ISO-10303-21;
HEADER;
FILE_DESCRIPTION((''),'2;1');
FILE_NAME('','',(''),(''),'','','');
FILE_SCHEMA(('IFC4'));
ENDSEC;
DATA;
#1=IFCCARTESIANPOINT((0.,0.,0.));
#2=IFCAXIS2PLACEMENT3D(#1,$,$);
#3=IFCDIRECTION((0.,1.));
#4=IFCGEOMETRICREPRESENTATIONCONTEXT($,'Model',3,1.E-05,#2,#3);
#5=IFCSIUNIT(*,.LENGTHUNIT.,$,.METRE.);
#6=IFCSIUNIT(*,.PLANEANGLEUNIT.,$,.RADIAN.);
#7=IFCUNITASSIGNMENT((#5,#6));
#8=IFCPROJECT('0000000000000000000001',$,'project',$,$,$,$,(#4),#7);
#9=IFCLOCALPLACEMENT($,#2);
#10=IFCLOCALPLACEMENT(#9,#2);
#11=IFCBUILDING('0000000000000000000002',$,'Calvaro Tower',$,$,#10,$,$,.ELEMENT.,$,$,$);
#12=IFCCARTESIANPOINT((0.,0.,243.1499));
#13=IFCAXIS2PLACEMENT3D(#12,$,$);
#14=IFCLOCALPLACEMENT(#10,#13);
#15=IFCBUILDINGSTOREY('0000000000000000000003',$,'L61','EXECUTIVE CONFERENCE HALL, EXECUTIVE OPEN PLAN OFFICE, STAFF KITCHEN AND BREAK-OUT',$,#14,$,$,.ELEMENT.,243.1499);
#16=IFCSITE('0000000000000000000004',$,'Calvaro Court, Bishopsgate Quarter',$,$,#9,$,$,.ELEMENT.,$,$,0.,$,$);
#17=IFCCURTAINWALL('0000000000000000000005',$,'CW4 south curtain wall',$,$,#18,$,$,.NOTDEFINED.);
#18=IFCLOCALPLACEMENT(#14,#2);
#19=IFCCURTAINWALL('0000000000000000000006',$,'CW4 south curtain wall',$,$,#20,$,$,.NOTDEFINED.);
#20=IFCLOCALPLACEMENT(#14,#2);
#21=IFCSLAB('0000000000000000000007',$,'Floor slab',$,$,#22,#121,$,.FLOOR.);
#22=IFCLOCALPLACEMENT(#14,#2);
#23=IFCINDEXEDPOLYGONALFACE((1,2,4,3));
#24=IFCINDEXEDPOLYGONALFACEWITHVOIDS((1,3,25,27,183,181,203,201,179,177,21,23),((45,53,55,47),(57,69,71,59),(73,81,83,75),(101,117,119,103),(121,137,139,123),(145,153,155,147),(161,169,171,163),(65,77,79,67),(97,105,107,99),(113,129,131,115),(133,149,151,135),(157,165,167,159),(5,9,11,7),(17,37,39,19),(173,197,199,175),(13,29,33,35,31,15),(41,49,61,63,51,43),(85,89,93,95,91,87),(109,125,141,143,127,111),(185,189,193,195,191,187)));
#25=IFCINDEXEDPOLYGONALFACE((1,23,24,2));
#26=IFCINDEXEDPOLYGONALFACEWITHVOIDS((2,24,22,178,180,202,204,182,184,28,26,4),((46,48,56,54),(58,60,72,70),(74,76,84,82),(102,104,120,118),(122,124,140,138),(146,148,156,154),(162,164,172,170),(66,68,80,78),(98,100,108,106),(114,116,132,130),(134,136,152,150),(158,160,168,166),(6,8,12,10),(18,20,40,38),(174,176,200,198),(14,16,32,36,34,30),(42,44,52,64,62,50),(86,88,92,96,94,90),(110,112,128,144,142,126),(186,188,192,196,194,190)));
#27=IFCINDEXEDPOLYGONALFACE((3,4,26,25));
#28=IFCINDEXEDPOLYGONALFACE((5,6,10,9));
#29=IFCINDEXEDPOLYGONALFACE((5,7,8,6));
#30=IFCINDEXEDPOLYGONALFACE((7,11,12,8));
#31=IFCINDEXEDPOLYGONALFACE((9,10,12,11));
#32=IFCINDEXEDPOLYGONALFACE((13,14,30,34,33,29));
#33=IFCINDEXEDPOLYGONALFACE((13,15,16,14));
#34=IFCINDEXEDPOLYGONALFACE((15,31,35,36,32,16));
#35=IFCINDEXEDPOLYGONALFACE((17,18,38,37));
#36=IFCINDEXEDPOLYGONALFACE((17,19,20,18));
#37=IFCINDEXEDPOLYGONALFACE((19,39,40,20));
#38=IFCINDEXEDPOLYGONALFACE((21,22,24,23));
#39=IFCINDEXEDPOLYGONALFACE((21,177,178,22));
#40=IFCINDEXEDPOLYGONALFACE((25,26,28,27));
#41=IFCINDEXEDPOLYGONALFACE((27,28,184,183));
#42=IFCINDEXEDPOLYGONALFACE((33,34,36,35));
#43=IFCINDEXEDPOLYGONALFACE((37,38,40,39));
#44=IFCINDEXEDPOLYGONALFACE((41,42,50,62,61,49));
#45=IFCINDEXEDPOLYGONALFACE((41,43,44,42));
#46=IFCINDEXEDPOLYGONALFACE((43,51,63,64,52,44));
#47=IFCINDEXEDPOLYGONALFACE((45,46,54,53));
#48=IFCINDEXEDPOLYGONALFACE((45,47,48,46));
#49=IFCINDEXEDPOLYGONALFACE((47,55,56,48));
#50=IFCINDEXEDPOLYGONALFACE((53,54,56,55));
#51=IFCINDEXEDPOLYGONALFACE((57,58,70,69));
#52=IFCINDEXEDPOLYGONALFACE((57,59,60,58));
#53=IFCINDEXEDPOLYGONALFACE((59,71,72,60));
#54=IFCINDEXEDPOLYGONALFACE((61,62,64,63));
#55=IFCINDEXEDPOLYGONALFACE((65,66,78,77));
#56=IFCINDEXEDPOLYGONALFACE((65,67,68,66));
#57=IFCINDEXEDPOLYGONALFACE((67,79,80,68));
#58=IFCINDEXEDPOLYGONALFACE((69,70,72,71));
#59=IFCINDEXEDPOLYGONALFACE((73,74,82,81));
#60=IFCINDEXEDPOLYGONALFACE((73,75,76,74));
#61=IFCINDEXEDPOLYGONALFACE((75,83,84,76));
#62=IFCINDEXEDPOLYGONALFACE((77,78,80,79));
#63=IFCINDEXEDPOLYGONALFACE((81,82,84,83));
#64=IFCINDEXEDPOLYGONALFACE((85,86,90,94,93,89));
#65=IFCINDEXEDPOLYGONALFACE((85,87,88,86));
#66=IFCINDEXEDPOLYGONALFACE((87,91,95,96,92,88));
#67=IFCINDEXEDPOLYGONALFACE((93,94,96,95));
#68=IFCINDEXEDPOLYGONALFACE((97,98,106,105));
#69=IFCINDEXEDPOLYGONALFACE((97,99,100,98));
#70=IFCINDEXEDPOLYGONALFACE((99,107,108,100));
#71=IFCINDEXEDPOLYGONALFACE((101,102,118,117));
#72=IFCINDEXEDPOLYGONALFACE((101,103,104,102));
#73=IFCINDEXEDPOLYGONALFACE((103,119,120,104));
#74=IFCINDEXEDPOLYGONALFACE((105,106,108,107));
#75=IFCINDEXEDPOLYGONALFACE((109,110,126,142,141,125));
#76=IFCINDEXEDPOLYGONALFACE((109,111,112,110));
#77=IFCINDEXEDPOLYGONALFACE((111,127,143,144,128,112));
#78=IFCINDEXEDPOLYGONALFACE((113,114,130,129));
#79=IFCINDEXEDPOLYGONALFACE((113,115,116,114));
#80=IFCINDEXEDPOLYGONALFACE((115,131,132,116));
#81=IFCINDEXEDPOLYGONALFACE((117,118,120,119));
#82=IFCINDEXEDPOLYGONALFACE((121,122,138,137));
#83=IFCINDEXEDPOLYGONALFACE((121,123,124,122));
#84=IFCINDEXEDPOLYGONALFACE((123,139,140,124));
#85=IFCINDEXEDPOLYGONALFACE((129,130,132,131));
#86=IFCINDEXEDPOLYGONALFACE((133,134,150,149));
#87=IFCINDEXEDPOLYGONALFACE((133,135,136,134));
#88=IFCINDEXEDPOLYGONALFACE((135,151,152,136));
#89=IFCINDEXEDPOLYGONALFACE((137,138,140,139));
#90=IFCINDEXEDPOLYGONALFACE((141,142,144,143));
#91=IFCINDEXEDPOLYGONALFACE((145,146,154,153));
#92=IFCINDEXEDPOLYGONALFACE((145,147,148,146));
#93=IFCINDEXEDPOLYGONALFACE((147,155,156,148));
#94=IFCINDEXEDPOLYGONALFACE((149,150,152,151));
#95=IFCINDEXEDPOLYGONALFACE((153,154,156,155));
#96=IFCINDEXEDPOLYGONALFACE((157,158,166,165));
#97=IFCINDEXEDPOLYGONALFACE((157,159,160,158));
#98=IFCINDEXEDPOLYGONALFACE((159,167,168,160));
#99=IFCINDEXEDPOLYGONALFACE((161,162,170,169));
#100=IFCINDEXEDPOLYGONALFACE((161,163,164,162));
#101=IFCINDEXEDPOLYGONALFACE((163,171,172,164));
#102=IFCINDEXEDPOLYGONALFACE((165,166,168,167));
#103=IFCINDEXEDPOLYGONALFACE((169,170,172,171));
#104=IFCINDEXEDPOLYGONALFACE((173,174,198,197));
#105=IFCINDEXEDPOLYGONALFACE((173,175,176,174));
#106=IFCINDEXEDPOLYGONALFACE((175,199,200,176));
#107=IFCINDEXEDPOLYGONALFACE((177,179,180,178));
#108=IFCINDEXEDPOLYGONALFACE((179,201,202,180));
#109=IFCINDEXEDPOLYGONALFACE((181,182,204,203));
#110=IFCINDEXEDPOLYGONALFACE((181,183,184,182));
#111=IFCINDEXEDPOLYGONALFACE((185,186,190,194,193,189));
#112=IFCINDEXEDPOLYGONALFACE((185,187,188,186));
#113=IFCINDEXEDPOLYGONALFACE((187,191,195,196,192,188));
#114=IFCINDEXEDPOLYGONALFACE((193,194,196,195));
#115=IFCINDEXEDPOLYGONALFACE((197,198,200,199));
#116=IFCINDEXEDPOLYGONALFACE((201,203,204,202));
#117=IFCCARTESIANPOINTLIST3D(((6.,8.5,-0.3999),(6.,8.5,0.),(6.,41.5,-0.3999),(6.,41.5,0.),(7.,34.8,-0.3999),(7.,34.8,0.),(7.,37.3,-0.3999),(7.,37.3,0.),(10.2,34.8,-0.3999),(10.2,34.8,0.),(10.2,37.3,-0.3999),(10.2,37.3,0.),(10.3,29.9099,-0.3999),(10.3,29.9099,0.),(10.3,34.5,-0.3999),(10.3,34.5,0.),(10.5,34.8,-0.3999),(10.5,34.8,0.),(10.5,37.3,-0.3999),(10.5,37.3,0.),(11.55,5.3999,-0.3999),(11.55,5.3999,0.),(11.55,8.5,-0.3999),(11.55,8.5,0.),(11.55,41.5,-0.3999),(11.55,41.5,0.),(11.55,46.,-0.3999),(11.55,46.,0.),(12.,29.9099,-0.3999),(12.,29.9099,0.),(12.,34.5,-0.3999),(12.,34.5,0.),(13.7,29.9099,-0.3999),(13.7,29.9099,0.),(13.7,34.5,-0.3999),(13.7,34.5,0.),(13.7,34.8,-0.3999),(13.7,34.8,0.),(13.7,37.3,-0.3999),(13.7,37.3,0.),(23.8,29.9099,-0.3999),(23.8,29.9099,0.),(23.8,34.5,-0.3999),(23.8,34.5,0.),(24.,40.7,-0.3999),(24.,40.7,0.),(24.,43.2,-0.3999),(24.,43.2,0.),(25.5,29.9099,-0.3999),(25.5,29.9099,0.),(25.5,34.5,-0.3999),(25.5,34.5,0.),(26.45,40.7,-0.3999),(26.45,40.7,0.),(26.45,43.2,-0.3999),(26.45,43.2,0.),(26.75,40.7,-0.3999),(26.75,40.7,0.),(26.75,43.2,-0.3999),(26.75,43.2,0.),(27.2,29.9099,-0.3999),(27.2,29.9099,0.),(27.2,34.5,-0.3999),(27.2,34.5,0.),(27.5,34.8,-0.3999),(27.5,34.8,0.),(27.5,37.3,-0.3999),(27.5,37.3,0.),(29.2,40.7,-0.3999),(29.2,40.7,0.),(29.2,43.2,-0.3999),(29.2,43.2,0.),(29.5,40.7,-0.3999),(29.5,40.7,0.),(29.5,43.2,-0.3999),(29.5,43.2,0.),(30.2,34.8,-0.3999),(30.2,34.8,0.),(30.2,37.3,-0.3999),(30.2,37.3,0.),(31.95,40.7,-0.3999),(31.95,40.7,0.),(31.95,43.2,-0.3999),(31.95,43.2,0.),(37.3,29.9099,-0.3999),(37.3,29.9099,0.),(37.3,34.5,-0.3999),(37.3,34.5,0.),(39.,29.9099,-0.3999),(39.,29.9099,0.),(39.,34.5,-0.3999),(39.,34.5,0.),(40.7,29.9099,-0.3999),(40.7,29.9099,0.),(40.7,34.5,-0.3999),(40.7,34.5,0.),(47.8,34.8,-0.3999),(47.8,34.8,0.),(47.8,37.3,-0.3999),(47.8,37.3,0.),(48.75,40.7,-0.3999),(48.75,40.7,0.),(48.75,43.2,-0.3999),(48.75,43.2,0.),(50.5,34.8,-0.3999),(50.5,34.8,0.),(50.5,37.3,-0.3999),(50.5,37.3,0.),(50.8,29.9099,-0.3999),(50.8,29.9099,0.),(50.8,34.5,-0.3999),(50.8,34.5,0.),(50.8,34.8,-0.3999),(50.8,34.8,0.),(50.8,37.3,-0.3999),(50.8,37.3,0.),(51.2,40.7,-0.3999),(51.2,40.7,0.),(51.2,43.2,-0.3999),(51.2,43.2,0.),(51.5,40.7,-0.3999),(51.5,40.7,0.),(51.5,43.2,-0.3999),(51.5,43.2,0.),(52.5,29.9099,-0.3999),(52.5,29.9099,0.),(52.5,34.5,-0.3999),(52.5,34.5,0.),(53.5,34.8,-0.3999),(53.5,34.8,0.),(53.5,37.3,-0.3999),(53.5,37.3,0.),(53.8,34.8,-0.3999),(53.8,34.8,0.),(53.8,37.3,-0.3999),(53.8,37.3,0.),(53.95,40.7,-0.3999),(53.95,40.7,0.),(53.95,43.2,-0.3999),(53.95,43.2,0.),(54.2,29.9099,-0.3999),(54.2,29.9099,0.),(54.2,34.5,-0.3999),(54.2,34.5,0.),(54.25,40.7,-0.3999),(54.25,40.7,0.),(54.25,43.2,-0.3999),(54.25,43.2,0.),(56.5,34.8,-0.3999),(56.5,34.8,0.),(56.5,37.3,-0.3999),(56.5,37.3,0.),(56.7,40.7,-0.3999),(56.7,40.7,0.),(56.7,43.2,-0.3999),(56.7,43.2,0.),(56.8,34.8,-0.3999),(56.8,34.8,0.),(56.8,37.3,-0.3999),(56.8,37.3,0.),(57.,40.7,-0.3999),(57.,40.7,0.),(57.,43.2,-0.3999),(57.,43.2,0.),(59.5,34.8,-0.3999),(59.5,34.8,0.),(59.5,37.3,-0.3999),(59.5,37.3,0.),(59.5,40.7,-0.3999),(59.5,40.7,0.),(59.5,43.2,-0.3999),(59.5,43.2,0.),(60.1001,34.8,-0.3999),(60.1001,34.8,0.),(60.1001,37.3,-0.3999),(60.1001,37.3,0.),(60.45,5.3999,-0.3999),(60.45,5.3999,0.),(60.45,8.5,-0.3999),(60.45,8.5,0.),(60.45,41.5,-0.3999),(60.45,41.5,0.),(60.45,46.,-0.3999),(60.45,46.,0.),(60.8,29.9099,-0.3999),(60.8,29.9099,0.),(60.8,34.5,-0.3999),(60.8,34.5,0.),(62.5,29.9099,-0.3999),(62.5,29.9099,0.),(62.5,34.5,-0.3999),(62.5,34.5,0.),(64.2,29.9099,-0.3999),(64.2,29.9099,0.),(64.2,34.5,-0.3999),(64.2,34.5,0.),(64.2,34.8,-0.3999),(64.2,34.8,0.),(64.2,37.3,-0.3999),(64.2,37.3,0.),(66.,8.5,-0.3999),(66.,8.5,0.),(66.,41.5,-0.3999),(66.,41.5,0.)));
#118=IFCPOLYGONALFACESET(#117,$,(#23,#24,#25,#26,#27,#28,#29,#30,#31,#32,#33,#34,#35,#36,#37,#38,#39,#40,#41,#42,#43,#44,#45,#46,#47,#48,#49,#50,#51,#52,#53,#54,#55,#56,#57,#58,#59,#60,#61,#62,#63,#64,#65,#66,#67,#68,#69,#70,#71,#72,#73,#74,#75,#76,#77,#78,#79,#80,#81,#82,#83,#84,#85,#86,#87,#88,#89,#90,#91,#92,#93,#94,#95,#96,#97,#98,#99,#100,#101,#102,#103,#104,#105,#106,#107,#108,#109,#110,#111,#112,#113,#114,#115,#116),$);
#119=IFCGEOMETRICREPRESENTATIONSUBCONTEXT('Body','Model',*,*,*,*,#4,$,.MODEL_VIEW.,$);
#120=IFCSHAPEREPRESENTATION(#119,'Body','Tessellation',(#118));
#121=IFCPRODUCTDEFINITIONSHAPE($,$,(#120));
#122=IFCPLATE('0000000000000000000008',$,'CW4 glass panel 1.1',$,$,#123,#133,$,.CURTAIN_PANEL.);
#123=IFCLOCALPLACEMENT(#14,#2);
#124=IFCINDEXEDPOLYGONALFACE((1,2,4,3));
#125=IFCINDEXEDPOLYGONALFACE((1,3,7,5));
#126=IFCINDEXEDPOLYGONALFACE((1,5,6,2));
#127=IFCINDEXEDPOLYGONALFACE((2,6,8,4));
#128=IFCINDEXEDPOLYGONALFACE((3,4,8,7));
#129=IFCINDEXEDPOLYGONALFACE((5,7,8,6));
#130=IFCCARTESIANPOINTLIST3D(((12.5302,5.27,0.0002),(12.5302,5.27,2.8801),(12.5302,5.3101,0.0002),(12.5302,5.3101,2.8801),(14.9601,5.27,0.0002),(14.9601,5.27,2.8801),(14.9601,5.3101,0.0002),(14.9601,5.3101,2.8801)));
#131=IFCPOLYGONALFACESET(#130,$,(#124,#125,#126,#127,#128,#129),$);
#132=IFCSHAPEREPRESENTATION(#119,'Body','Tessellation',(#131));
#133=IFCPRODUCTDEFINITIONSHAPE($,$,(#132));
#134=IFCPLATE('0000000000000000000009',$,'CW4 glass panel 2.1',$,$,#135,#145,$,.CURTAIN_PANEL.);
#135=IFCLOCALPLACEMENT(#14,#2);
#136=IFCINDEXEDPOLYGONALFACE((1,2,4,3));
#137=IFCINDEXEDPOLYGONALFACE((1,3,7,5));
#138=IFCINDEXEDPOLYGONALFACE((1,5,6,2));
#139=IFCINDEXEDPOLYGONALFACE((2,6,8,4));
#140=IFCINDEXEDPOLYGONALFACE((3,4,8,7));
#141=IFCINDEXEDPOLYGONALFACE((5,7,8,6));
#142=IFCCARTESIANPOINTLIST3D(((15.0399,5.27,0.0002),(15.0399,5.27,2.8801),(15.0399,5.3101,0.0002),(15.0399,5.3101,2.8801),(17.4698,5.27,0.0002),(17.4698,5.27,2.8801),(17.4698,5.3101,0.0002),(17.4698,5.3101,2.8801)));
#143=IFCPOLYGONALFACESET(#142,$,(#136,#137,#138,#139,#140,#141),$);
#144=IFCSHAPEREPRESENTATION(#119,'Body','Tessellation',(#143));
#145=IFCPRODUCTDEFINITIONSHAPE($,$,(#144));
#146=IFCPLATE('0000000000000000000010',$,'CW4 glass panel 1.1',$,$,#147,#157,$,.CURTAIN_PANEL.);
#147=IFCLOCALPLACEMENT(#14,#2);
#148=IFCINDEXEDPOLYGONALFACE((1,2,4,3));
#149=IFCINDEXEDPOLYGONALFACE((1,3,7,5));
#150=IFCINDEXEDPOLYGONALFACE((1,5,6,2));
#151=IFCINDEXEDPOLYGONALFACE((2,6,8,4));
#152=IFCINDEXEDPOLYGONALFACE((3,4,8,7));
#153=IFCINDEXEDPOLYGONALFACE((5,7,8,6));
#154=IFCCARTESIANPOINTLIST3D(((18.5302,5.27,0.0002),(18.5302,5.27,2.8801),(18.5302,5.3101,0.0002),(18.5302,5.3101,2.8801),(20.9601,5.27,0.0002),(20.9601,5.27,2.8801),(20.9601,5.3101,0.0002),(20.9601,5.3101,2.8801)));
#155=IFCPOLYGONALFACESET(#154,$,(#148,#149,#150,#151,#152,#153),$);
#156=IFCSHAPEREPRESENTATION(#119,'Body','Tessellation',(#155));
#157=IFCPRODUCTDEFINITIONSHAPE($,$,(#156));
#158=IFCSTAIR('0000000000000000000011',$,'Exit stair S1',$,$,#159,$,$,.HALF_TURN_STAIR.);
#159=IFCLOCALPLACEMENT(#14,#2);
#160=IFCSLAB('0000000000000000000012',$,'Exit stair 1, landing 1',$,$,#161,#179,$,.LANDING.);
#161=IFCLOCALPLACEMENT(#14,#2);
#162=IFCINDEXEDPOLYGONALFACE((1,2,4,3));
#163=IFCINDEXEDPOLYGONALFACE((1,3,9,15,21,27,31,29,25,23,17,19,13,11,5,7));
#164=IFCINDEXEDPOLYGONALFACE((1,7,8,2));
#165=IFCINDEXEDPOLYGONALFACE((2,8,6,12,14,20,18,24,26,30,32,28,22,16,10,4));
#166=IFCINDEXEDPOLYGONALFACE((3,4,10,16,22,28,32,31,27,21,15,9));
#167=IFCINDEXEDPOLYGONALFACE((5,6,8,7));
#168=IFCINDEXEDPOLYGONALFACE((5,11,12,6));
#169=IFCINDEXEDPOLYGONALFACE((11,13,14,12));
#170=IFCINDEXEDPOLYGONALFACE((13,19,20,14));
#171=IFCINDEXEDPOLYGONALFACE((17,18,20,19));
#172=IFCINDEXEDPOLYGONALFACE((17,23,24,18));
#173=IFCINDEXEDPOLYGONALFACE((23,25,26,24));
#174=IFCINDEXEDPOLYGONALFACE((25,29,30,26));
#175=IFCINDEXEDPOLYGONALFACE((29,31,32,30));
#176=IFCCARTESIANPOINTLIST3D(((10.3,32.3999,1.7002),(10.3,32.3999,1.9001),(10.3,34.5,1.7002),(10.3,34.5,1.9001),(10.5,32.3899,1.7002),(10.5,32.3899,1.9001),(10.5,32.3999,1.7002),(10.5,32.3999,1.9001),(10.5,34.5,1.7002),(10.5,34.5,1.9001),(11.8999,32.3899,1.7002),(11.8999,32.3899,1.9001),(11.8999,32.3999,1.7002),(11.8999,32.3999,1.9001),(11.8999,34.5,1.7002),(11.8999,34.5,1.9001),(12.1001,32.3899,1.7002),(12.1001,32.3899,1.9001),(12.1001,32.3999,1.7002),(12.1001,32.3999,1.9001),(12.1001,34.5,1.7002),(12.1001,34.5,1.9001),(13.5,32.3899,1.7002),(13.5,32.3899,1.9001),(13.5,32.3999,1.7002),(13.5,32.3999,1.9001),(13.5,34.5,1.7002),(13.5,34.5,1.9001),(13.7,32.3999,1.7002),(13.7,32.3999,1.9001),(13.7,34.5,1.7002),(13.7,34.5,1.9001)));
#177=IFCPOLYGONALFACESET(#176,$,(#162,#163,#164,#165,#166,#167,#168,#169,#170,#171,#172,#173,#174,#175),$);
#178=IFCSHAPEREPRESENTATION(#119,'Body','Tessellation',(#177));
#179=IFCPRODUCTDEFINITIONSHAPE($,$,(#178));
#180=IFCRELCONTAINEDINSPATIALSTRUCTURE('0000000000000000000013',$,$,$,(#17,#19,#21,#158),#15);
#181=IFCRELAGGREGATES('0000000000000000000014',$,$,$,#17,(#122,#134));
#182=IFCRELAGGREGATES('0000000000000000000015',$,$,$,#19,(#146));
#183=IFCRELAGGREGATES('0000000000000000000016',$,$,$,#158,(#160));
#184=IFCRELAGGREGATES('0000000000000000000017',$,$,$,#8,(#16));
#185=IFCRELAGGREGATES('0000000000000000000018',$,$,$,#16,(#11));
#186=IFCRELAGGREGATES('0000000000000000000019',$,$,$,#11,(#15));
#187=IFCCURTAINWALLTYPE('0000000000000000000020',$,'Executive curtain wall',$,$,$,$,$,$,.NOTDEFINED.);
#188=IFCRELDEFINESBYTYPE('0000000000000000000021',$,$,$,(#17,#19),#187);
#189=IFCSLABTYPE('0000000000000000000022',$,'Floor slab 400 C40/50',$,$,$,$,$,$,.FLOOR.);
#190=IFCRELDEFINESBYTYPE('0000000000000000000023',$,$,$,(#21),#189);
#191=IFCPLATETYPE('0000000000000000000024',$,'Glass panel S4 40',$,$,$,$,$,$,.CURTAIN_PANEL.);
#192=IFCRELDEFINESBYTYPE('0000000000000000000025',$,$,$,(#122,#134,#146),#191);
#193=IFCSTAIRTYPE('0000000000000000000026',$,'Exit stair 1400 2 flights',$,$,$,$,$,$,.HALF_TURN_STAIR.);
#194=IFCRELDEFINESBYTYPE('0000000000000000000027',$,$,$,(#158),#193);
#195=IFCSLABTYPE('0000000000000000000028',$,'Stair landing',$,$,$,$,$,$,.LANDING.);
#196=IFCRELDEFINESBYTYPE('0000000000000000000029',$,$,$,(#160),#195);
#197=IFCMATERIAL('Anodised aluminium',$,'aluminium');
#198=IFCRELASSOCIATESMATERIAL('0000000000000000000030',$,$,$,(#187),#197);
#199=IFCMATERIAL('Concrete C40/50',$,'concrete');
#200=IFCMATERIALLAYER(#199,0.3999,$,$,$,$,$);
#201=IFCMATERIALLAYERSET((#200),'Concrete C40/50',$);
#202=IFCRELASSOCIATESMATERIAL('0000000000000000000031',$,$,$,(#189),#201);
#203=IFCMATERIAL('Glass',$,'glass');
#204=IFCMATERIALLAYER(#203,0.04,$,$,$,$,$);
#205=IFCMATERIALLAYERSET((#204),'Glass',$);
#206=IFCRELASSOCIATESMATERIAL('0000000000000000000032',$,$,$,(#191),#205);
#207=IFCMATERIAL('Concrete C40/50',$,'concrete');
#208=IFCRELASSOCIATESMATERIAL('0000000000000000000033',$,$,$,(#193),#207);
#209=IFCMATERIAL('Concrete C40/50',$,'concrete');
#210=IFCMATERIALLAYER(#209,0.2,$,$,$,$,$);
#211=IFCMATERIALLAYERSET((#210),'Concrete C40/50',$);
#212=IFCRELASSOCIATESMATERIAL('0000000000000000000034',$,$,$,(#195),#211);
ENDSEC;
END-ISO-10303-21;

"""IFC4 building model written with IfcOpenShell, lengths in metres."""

from ifc_helpers import new_model, si_unit, direction, frame, origin, origin_2d, place, context, subcontext, project, spatial, polyline, rectangle, outline, extrude, material, layer, layer_set, type_object, element, aggregate, save


model = new_model("IFC4")

# Units and contexts
model_context = context("Model", 3, precision=1e-05, world=origin(), true_north=direction((0.0, 1.0)))
body_context = subcontext(model_context, "Body", "Model", "MODEL_VIEW")
ifc_project = project(units=[si_unit("LENGTHUNIT", "METRE"), si_unit("PLANEANGLEUNIT", "RADIAN")], contexts=[model_context])

# Site, building, storey
site_placement = place(None, origin())
site = spatial("IfcSite", under=ifc_project, at=site_placement, Name="Calvaro Court, Bishopsgate Quarter", CompositionType="ELEMENT", RefElevation=0.0)
building_placement = place(site_placement, origin())
building = spatial("IfcBuilding", under=site, at=building_placement, Name="Calvaro Tower", CompositionType="ELEMENT")
storey_placement = place(building_placement, frame((0.0, 0.0, 243.1499)))
storey = spatial("IfcBuildingStorey", under=building, at=storey_placement, Name="L61", Description="EXECUTIVE CONFERENCE HALL, EXECUTIVE OPEN PLAN OFFICE, STAFF KITCHEN AND BREAK-OUT", CompositionType="ELEMENT", Elevation=243.1499)

# Curtain walls
ifc_material_1 = material(Name="Anodised aluminium", Category="aluminium")
curtain_wall_type = type_object("IfcCurtainWallType", Name="Executive curtain wall", PredefinedType="NOTDEFINED", material=ifc_material_1)
curtain_wall_1_placement = place(storey_placement, origin())
curtain_wall_1 = element("IfcCurtainWall", 1, at=curtain_wall_1_placement, inside=storey, type_object=curtain_wall_type, Name="CW4 south curtain wall", PredefinedType="NOTDEFINED")
curtain_wall_2_placement = place(storey_placement, origin())
curtain_wall_2 = element("IfcCurtainWall", 2, at=curtain_wall_2_placement, inside=storey, type_object=curtain_wall_type, Name="CW4 south curtain wall", PredefinedType="NOTDEFINED")

# Slab
ifc_material_2 = material(Name="Concrete C40/50", Category="concrete")
ifc_layer_1 = layer(ifc_material_2, 0.3999)
ifc_layer_set_1 = layer_set([ifc_layer_1], Name="Concrete C40/50")
slab_type_1 = type_object("IfcSlabType", Name="Floor slab 400 C40/50", PredefinedType="FLOOR", material=ifc_layer_set_1)
slab_1_placement = place(storey_placement, frame((0.0, 0.0, -0.3999)))
element("IfcSlab", 3, at=slab_1_placement, inside=storey, type_object=slab_type_1, Name="Floor slab", PredefinedType="FLOOR", context=body_context, shape_type="SweptSolid", body=[
    extrude(outline(polyline([(60.45, 8.5), (60.45, 5.3999), (11.55, 5.3999), (11.55, 8.5), (6.0, 8.5), (6.0, 41.5), (11.55, 41.5), (11.55, 46.0), (60.45, 46.0), (60.45, 41.5), (66.0, 41.5), (66.0, 8.5), (60.45, 8.5)]), holes=[polyline([(10.3, 29.9099), (10.3, 34.5), (12.0, 34.5), (13.7, 34.5), (13.7, 29.9099), (12.0, 29.9099), (10.3, 29.9099)]), polyline([(23.8, 29.9099), (23.8, 34.5), (25.5, 34.5), (27.2, 34.5), (27.2, 29.9099), (25.5, 29.9099), (23.8, 29.9099)]), polyline([(37.3, 29.9099), (37.3, 34.5), (39.0, 34.5), (40.7, 34.5), (40.7, 29.9099), (39.0, 29.9099), (37.3, 29.9099)]), polyline([(50.8, 29.9099), (50.8, 34.5), (52.5, 34.5), (54.2, 34.5), (54.2, 29.9099), (52.5, 29.9099), (50.8, 29.9099)]), polyline([(60.8, 29.9099), (60.8, 34.5), (62.5, 34.5), (64.2, 34.5), (64.2, 29.9099), (62.5, 29.9099), (60.8, 29.9099)]), polyline([(50.8, 34.8), (53.5, 34.8), (53.5, 37.3), (50.8, 37.3), (50.8, 34.8)]), polyline([(53.8, 34.8), (56.5, 34.8), (56.5, 37.3), (53.8, 37.3), (53.8, 34.8)]), polyline([(56.8, 34.8), (59.5, 34.8), (59.5, 37.3), (56.8, 37.3), (56.8, 34.8)]), polyline([(24.0, 40.7), (26.45, 40.7), (26.45, 43.2), (24.0, 43.2), (24.0, 40.7)]), polyline([(26.75, 40.7), (29.2, 40.7), (29.2, 43.2), (26.75, 43.2), (26.75, 40.7)]), polyline([(29.5, 40.7), (31.95, 40.7), (31.95, 43.2), (29.5, 43.2), (29.5, 40.7)]), polyline([(48.75, 40.7), (51.2, 40.7), (51.2, 43.2), (48.75, 43.2), (48.75, 40.7)]), polyline([(51.5, 40.7), (53.95, 40.7), (53.95, 43.2), (51.5, 43.2), (51.5, 40.7)]), polyline([(54.25, 40.7), (56.7, 40.7), (56.7, 43.2), (54.25, 43.2), (54.25, 40.7)]), polyline([(57.0, 40.7), (59.5, 40.7), (59.5, 43.2), (57.0, 43.2), (57.0, 40.7)]), polyline([(7.0, 34.8), (10.2, 34.8), (10.2, 37.3), (7.0, 37.3), (7.0, 34.8)]), polyline([(10.5, 34.8), (13.7, 34.8), (13.7, 37.3), (10.5, 37.3), (10.5, 34.8)]), polyline([(60.1001, 34.8), (64.2, 34.8), (64.2, 37.3), (60.1001, 37.3), (60.1001, 34.8)]), polyline([(27.5, 34.8), (30.2, 34.8), (30.2, 37.3), (27.5, 37.3), (27.5, 34.8)]), polyline([(47.8, 34.8), (50.5, 34.8), (50.5, 37.3), (47.8, 37.3), (47.8, 34.8)])]), origin(), (0.0, 0.0, 1.0), 0.3999),
])

# Plates
ifc_material_3 = material(Name="Glass", Category="glass")
ifc_layer_2 = layer(ifc_material_3, 0.04)
ifc_layer_set_2 = layer_set([ifc_layer_2], Name="Glass")
plate_type = type_object("IfcPlateType", Name="Glass panel S4 40", PredefinedType="CURTAIN_PANEL", material=ifc_layer_set_2)
plate_1_placement = place(storey_placement, frame((13.7451, 5.29, 0.0002), z_axis=(0.0, 0.0, 1.0), x_axis=(1.0, 0.0, 0.0)))
plate_1 = element("IfcPlate", 4, at=plate_1_placement, type_object=plate_type, Name="CW4 glass panel 1.1", PredefinedType="CURTAIN_PANEL", context=body_context, shape_type="SweptSolid", body=[
    extrude(rectangle(XDim=2.4299, YDim=0.04, at=origin_2d()), origin(), (0.0, 0.0, 1.0), 2.8799),
])
plate_2_placement = place(storey_placement, frame((16.2549, 5.29, 0.0002), z_axis=(0.0, 0.0, 1.0), x_axis=(1.0, 0.0, 0.0)))
plate_2 = element("IfcPlate", 5, at=plate_2_placement, type_object=plate_type, Name="CW4 glass panel 2.1", PredefinedType="CURTAIN_PANEL", context=body_context, shape_type="SweptSolid", body=[
    extrude(rectangle(XDim=2.4299, YDim=0.04, at=origin_2d()), origin(), (0.0, 0.0, 1.0), 2.8799),
])
aggregate(curtain_wall_1, [plate_1, plate_2])
plate_3_placement = place(storey_placement, frame((19.7451, 5.29, 0.0002), z_axis=(0.0, 0.0, 1.0), x_axis=(1.0, 0.0, 0.0)))
plate_3 = element("IfcPlate", 6, at=plate_3_placement, type_object=plate_type, Name="CW4 glass panel 1.1", PredefinedType="CURTAIN_PANEL", context=body_context, shape_type="SweptSolid", body=[
    extrude(rectangle(XDim=2.4299, YDim=0.04, at=origin_2d()), origin(), (0.0, 0.0, 1.0), 2.8799),
])
aggregate(curtain_wall_2, [plate_3])

# Stair, slab
ifc_material_4 = material(Name="Concrete C40/50", Category="concrete")
stair_type = type_object("IfcStairType", Name="Exit stair 1400 2 flights", PredefinedType="HALF_TURN_STAIR", material=ifc_material_4)
stair_1_placement = place(storey_placement, origin())
stair_1 = element("IfcStair", 7, at=stair_1_placement, inside=storey, type_object=stair_type, Name="Exit stair S1", PredefinedType="HALF_TURN_STAIR")
ifc_material_5 = material(Name="Concrete C40/50", Category="concrete")
ifc_layer_3 = layer(ifc_material_5, 0.2)
ifc_layer_set_3 = layer_set([ifc_layer_3], Name="Concrete C40/50")
slab_type_2 = type_object("IfcSlabType", Name="Stair landing", PredefinedType="LANDING", material=ifc_layer_set_3)
slab_2_placement = place(storey_placement, frame((0.0, 0.0, 1.7002)))
slab_2 = element("IfcSlab", 8, at=slab_2_placement, type_object=slab_type_2, Name="Exit stair 1, landing 1", PredefinedType="LANDING", context=body_context, shape_type="SweptSolid", body=[
    extrude(outline(polyline([(11.8999, 32.3899), (10.5, 32.3899), (10.5, 32.3999), (10.3, 32.3999), (10.3, 34.5), (10.5, 34.5), (11.8999, 34.5), (12.1001, 34.5), (13.5, 34.5), (13.7, 34.5), (13.7, 32.3999), (13.5, 32.3999), (13.5, 32.3899), (12.1001, 32.3899), (12.1001, 32.3999), (11.8999, 32.3999), (11.8999, 32.3899)])), origin(), (0.0, 0.0, 1.0), 0.2),
])
aggregate(stair_1, [slab_2])

save(model, "model.ifc")
